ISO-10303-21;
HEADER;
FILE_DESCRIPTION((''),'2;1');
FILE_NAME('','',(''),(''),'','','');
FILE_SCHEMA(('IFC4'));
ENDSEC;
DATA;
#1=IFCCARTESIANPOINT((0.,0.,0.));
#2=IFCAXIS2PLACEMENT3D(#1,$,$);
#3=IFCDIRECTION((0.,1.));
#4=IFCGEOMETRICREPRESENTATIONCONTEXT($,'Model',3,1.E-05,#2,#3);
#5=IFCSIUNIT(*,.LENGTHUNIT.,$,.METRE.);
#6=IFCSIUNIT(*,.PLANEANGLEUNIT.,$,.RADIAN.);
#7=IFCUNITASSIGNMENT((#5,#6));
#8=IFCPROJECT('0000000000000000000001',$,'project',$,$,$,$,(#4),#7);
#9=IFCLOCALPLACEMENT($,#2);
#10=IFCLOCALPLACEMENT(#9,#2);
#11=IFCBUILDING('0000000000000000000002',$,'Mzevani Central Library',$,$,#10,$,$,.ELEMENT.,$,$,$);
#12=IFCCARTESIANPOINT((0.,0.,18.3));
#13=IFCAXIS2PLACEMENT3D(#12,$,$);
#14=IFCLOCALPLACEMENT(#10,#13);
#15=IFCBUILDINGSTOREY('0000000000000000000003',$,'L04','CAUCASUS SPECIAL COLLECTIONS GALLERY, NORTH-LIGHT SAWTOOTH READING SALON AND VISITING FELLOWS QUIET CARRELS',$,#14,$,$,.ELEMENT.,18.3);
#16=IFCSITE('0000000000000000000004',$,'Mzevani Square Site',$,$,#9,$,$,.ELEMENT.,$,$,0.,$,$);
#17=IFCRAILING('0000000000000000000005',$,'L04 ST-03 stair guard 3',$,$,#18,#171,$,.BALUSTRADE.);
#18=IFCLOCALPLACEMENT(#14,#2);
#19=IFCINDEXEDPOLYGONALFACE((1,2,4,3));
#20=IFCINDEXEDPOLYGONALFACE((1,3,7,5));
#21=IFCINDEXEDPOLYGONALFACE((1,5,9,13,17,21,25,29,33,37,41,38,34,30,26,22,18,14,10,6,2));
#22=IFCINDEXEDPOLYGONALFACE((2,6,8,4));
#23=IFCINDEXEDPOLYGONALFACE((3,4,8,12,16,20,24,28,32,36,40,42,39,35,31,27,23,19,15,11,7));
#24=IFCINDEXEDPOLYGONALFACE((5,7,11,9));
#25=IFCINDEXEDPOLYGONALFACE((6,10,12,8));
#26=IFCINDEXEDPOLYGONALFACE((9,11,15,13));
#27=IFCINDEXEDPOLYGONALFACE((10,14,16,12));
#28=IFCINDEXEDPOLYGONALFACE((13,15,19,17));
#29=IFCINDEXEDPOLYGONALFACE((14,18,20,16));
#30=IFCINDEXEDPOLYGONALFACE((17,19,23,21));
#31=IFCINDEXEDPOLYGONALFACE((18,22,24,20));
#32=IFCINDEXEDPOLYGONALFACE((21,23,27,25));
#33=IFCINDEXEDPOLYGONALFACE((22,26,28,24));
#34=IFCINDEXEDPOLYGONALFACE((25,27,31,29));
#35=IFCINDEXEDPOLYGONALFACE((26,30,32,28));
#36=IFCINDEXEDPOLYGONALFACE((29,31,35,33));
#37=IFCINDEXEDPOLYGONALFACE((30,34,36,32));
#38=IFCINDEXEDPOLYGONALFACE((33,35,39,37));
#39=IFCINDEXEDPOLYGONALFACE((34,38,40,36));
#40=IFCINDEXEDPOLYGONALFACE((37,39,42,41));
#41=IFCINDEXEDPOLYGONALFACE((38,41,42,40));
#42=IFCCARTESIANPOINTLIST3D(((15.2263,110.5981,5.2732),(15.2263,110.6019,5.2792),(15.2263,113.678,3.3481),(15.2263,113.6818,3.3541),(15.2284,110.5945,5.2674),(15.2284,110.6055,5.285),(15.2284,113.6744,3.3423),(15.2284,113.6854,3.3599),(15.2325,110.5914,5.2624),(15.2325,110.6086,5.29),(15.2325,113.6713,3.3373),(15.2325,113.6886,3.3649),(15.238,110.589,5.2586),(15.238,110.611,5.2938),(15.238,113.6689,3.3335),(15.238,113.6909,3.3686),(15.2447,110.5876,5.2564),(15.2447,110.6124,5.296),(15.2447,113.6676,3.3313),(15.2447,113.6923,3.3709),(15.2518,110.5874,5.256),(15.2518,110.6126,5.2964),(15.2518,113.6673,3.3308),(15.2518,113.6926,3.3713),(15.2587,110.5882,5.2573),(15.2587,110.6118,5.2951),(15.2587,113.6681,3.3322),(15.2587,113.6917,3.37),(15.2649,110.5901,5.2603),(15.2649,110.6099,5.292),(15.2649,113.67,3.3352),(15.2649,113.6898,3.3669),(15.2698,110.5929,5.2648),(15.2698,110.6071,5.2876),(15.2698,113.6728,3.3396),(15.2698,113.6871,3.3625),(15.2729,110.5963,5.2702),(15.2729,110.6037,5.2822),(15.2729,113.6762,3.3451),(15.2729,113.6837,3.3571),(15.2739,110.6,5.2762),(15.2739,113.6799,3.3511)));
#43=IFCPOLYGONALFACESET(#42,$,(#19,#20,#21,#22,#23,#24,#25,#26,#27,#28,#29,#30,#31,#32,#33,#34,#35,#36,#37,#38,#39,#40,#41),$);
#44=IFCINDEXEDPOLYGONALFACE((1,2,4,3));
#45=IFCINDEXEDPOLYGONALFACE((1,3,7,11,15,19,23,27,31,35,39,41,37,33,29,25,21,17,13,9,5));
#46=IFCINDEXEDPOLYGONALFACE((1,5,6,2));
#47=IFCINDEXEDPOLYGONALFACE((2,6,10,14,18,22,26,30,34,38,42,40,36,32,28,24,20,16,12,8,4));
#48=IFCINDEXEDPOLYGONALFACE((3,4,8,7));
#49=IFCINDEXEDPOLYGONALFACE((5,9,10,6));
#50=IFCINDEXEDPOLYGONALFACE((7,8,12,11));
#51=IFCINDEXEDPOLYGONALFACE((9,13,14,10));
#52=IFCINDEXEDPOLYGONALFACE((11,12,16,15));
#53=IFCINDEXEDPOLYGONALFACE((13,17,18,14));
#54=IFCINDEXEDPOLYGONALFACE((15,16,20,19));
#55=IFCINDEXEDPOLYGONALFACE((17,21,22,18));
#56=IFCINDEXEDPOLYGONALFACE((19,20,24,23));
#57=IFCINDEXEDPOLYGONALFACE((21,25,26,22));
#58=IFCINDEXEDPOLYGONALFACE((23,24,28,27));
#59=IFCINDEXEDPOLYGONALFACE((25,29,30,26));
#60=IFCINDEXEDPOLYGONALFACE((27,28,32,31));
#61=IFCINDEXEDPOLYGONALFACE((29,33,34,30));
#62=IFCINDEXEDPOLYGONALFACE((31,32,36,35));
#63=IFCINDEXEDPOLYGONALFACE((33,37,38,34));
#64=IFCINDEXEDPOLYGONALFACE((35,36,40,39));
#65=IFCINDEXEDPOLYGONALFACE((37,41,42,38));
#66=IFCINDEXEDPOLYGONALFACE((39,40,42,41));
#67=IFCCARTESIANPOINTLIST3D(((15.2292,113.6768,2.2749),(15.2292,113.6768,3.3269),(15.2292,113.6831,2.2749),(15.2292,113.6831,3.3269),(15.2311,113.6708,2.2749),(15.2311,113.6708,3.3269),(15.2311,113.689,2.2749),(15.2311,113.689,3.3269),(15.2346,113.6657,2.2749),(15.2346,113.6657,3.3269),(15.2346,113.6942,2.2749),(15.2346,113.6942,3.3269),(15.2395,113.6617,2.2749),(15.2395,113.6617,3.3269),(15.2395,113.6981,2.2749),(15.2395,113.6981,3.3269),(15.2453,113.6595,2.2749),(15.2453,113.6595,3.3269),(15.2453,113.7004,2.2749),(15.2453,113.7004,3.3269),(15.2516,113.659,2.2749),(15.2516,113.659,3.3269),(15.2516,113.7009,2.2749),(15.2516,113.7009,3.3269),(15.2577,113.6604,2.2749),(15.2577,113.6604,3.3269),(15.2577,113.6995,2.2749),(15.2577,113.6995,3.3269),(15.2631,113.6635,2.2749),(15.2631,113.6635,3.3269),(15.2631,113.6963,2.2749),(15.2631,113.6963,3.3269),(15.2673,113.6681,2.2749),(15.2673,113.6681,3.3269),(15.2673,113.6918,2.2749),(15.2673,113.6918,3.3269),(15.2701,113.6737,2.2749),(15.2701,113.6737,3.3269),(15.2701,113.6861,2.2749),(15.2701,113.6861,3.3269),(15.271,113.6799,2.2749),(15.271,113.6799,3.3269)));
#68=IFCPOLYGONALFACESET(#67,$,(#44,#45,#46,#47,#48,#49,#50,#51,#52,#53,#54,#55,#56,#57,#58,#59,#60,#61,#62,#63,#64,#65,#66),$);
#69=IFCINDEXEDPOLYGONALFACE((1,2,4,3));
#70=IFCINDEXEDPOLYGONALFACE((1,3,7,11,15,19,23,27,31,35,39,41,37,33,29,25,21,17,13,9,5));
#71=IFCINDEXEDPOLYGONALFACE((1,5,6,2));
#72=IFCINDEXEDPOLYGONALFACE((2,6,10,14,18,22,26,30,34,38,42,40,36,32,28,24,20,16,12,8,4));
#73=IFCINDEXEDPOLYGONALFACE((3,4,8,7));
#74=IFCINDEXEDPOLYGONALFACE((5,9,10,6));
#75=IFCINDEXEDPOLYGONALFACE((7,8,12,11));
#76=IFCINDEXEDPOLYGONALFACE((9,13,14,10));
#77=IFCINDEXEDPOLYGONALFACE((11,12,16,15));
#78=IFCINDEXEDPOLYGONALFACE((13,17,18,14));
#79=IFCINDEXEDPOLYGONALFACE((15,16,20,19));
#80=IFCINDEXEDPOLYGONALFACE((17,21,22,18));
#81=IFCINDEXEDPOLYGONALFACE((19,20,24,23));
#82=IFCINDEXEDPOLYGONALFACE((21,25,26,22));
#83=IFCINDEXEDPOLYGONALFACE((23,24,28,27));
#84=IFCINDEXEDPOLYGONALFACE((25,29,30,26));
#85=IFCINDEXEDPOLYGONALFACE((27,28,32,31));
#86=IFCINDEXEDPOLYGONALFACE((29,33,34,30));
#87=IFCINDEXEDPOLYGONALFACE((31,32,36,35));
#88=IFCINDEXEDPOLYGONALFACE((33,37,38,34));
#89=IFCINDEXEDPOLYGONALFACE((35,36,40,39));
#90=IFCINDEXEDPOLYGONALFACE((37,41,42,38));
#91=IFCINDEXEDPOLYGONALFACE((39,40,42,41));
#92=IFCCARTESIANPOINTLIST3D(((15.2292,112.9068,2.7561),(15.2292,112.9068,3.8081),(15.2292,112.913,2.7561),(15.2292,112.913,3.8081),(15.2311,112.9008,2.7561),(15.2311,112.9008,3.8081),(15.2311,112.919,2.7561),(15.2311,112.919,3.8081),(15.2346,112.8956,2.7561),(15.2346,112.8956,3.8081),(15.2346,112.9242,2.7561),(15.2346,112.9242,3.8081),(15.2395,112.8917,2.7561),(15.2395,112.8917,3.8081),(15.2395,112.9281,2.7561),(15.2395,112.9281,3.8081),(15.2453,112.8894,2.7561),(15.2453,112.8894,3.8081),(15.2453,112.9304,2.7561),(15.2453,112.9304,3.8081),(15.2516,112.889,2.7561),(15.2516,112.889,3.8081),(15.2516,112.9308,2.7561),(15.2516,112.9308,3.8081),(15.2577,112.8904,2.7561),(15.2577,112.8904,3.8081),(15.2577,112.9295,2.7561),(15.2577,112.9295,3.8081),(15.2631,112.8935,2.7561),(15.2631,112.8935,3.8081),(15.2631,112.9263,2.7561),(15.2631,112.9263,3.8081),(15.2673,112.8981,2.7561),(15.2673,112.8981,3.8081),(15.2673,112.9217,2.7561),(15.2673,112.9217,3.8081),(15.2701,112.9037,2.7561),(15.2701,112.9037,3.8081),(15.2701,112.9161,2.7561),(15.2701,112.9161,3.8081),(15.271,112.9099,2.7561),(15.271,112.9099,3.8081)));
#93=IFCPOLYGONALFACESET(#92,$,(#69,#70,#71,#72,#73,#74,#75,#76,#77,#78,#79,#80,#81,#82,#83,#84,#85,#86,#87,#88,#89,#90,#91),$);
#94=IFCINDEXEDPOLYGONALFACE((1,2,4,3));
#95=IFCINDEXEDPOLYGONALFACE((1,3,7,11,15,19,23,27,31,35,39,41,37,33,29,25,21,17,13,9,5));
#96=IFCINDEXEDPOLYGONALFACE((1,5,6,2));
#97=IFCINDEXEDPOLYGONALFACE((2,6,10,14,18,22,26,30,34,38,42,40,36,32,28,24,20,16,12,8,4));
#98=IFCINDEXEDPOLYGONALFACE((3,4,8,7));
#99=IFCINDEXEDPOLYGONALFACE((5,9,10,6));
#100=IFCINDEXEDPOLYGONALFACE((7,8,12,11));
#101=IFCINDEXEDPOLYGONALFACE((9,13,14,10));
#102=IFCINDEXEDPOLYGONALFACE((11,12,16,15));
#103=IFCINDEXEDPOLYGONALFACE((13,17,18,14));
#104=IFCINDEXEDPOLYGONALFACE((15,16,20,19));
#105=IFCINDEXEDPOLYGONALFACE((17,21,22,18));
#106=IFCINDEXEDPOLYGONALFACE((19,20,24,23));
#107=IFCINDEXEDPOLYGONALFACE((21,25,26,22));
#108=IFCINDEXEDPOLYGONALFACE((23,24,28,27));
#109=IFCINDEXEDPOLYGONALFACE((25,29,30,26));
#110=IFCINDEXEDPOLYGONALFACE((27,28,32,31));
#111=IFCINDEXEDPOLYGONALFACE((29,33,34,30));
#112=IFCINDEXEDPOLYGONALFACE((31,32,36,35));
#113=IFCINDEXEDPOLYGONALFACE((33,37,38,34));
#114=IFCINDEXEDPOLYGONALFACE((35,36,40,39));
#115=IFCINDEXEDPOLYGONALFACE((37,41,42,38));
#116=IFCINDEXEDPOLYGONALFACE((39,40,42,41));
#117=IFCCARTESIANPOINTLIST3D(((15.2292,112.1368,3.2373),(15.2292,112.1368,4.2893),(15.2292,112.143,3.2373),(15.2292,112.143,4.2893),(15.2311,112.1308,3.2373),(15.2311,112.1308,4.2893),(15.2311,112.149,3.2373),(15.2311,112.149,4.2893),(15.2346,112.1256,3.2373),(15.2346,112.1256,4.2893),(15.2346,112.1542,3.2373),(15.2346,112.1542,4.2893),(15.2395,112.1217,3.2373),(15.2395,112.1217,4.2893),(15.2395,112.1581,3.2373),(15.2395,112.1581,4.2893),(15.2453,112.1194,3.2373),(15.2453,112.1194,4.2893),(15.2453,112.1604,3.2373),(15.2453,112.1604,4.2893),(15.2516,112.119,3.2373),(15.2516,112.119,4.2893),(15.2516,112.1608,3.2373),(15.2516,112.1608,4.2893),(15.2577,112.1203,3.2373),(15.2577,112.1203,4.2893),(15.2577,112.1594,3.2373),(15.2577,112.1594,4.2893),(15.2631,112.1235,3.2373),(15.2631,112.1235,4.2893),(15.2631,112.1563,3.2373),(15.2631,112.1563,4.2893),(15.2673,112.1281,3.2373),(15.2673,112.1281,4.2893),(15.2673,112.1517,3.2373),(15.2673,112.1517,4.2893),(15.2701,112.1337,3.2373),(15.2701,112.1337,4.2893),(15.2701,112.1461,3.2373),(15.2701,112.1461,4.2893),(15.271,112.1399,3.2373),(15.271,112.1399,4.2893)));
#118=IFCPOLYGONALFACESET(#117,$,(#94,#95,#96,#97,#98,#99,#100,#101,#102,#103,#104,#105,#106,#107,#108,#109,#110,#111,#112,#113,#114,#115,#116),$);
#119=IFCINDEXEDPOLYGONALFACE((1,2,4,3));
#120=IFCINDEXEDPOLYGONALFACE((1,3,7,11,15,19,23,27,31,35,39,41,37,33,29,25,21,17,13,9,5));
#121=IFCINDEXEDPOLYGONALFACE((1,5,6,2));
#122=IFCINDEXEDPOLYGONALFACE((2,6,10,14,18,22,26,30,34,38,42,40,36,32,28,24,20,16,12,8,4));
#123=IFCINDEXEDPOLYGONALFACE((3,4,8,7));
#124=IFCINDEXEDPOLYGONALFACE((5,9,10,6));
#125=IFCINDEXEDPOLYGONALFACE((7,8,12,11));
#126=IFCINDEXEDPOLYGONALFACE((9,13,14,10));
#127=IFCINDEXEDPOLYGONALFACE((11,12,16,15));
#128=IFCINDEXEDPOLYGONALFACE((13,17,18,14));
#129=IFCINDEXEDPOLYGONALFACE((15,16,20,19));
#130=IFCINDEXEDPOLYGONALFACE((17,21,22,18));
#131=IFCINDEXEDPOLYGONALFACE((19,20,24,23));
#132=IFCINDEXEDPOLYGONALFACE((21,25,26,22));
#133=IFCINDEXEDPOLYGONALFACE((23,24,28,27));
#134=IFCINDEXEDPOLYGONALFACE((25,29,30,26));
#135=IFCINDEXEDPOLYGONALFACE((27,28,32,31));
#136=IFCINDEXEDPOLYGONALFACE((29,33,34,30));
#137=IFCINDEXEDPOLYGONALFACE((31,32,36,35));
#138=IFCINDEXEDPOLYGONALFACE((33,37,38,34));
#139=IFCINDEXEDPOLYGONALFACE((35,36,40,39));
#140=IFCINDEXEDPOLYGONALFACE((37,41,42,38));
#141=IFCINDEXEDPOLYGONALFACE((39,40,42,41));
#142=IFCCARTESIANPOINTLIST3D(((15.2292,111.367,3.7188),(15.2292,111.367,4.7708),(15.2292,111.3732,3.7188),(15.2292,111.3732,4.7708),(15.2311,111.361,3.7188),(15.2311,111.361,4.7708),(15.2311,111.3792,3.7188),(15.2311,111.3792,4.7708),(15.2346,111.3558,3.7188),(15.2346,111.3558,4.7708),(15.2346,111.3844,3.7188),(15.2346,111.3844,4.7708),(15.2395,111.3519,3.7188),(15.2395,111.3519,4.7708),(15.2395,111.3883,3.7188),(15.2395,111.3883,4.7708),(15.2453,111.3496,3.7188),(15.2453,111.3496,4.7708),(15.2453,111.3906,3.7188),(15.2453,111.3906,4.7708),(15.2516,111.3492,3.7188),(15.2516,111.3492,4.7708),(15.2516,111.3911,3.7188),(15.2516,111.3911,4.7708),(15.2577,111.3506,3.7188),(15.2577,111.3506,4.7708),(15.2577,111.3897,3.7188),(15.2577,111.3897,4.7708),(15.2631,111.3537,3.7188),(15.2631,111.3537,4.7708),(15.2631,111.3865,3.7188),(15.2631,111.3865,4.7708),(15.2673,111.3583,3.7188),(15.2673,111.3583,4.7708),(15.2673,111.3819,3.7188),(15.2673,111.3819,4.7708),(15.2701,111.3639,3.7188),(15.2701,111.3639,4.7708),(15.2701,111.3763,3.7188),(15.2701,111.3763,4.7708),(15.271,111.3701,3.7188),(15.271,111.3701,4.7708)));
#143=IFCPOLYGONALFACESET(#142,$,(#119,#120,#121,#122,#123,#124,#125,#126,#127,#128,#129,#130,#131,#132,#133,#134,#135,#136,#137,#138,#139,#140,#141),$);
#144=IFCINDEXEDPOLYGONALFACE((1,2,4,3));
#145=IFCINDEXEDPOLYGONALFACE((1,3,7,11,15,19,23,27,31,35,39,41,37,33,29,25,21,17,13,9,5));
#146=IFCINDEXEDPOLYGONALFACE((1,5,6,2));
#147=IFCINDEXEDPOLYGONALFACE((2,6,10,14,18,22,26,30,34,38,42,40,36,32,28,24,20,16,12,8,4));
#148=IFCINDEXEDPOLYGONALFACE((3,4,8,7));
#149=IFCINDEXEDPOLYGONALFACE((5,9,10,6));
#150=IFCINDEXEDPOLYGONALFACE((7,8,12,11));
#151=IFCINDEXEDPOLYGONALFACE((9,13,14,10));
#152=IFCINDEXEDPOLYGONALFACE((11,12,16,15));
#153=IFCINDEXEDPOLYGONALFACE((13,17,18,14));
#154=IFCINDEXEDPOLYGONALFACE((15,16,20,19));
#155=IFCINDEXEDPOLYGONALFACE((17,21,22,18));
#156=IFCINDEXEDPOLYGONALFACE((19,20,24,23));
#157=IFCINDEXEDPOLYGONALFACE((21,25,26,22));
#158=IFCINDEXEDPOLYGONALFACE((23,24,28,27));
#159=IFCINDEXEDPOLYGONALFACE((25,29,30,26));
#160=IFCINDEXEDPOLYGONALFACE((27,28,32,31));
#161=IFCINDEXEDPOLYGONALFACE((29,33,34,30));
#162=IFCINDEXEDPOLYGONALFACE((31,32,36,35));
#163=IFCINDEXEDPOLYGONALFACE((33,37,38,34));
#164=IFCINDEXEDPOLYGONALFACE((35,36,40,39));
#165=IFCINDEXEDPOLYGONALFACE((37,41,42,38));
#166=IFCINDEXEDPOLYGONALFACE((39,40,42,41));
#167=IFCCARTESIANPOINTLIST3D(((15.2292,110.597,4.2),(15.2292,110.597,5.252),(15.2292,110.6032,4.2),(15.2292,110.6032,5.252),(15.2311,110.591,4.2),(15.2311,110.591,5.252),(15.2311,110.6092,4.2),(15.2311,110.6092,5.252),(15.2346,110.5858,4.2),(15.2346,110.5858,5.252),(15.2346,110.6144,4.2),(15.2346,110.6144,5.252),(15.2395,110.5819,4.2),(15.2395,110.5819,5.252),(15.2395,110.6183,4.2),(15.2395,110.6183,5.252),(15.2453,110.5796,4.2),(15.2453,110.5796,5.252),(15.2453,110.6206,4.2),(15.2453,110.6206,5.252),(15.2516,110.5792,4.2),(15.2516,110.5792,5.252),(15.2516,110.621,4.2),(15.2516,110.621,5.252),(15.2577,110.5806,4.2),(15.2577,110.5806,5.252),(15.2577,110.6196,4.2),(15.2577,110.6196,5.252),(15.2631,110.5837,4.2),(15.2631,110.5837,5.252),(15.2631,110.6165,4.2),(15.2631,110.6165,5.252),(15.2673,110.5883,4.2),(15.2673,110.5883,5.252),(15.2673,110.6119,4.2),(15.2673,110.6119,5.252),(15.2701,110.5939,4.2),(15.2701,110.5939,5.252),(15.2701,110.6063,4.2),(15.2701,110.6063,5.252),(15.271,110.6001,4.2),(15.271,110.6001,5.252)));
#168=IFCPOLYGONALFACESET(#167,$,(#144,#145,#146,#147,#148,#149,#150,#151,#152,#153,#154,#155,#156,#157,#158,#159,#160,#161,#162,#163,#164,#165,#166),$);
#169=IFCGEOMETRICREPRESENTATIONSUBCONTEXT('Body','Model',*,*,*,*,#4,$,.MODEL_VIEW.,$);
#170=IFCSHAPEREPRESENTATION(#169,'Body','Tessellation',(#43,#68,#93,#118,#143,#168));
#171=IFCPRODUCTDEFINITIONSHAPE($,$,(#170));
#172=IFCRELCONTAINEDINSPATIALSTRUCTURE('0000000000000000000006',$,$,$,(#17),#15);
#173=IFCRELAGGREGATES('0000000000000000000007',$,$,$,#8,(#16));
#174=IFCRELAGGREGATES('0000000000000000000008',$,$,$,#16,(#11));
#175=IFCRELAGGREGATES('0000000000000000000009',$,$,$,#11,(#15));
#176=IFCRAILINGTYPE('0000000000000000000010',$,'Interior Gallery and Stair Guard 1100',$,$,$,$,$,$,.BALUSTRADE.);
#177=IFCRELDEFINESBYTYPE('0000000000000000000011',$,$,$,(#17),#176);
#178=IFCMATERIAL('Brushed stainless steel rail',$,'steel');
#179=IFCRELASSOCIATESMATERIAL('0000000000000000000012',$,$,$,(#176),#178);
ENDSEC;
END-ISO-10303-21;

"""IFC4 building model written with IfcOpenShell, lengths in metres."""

from ifc_helpers import new_model, si_unit, direction, frame, origin, origin_2d, place, context, subcontext, project, spatial, circle, extrude, material, type_object, element, save


model = new_model("IFC4")

# Units and contexts
model_context = context("Model", 3, precision=1e-05, world=origin(), true_north=direction((0.0, 1.0)))
body_context = subcontext(model_context, "Body", "Model", "MODEL_VIEW")
ifc_project = project(units=[si_unit("LENGTHUNIT", "METRE"), si_unit("PLANEANGLEUNIT", "RADIAN")], contexts=[model_context])

# Site, building, storey
site_placement = place(None, origin())
site = spatial("IfcSite", under=ifc_project, at=site_placement, Name="Mzevani Square Site", CompositionType="ELEMENT", RefElevation=0.0)
building_placement = place(site_placement, origin())
building = spatial("IfcBuilding", under=site, at=building_placement, Name="Mzevani Central Library", CompositionType="ELEMENT")
storey_placement = place(building_placement, frame((0.0, 0.0, 18.3)))
storey = spatial("IfcBuildingStorey", under=building, at=storey_placement, Name="L04", Description="CAUCASUS SPECIAL COLLECTIONS GALLERY, NORTH-LIGHT SAWTOOTH READING SALON AND VISITING FELLOWS QUIET CARRELS", CompositionType="ELEMENT", Elevation=18.3)

# Railing
ifc_material_1 = material(Name="Brushed stainless steel rail", Category="steel")
railing_type_1 = type_object("IfcRailingType", Name="Interior Gallery and Stair Guard 1100", PredefinedType="BALUSTRADE", material=ifc_material_1)
railing_1_placement = place(storey_placement, frame((15.25, 113.6799, 2.2749)))
element("IfcRailing", 1, at=railing_1_placement, inside=storey, type_object=railing_type_1, Name="L04 ST-03 stair guard 3", PredefinedType="BALUSTRADE", context=body_context, shape_type="SweptSolid", body=[
    extrude(circle(Radius=0.0239, at=origin_2d()), frame((0.0, 0.0, 1.0762), z_axis=(0.0, -0.847979, 0.530029), x_axis=(1.0, 0.0, 0.0)), (0.0, 0.0, 1.0), 3.6321),
    extrude(circle(Radius=0.021, at=origin_2d()), origin(), (0.0, 0.0, 1.0), 1.052),
    extrude(circle(Radius=0.021, at=origin_2d()), frame((0.0, -0.77, 0.4812)), (0.0, 0.0, 1.0), 1.052),
    extrude(circle(Radius=0.021, at=origin_2d()), frame((0.0, -1.54, 0.9624)), (0.0, 0.0, 1.0), 1.052),
    extrude(circle(Radius=0.021, at=origin_2d()), frame((0.0, -2.3098, 1.4438)), (0.0, 0.0, 1.0), 1.052),
    extrude(circle(Radius=0.021, at=origin_2d()), frame((0.0, -3.0798, 1.925)), (0.0, 0.0, 1.0), 1.052),
])

save(model, "model.ifc")
